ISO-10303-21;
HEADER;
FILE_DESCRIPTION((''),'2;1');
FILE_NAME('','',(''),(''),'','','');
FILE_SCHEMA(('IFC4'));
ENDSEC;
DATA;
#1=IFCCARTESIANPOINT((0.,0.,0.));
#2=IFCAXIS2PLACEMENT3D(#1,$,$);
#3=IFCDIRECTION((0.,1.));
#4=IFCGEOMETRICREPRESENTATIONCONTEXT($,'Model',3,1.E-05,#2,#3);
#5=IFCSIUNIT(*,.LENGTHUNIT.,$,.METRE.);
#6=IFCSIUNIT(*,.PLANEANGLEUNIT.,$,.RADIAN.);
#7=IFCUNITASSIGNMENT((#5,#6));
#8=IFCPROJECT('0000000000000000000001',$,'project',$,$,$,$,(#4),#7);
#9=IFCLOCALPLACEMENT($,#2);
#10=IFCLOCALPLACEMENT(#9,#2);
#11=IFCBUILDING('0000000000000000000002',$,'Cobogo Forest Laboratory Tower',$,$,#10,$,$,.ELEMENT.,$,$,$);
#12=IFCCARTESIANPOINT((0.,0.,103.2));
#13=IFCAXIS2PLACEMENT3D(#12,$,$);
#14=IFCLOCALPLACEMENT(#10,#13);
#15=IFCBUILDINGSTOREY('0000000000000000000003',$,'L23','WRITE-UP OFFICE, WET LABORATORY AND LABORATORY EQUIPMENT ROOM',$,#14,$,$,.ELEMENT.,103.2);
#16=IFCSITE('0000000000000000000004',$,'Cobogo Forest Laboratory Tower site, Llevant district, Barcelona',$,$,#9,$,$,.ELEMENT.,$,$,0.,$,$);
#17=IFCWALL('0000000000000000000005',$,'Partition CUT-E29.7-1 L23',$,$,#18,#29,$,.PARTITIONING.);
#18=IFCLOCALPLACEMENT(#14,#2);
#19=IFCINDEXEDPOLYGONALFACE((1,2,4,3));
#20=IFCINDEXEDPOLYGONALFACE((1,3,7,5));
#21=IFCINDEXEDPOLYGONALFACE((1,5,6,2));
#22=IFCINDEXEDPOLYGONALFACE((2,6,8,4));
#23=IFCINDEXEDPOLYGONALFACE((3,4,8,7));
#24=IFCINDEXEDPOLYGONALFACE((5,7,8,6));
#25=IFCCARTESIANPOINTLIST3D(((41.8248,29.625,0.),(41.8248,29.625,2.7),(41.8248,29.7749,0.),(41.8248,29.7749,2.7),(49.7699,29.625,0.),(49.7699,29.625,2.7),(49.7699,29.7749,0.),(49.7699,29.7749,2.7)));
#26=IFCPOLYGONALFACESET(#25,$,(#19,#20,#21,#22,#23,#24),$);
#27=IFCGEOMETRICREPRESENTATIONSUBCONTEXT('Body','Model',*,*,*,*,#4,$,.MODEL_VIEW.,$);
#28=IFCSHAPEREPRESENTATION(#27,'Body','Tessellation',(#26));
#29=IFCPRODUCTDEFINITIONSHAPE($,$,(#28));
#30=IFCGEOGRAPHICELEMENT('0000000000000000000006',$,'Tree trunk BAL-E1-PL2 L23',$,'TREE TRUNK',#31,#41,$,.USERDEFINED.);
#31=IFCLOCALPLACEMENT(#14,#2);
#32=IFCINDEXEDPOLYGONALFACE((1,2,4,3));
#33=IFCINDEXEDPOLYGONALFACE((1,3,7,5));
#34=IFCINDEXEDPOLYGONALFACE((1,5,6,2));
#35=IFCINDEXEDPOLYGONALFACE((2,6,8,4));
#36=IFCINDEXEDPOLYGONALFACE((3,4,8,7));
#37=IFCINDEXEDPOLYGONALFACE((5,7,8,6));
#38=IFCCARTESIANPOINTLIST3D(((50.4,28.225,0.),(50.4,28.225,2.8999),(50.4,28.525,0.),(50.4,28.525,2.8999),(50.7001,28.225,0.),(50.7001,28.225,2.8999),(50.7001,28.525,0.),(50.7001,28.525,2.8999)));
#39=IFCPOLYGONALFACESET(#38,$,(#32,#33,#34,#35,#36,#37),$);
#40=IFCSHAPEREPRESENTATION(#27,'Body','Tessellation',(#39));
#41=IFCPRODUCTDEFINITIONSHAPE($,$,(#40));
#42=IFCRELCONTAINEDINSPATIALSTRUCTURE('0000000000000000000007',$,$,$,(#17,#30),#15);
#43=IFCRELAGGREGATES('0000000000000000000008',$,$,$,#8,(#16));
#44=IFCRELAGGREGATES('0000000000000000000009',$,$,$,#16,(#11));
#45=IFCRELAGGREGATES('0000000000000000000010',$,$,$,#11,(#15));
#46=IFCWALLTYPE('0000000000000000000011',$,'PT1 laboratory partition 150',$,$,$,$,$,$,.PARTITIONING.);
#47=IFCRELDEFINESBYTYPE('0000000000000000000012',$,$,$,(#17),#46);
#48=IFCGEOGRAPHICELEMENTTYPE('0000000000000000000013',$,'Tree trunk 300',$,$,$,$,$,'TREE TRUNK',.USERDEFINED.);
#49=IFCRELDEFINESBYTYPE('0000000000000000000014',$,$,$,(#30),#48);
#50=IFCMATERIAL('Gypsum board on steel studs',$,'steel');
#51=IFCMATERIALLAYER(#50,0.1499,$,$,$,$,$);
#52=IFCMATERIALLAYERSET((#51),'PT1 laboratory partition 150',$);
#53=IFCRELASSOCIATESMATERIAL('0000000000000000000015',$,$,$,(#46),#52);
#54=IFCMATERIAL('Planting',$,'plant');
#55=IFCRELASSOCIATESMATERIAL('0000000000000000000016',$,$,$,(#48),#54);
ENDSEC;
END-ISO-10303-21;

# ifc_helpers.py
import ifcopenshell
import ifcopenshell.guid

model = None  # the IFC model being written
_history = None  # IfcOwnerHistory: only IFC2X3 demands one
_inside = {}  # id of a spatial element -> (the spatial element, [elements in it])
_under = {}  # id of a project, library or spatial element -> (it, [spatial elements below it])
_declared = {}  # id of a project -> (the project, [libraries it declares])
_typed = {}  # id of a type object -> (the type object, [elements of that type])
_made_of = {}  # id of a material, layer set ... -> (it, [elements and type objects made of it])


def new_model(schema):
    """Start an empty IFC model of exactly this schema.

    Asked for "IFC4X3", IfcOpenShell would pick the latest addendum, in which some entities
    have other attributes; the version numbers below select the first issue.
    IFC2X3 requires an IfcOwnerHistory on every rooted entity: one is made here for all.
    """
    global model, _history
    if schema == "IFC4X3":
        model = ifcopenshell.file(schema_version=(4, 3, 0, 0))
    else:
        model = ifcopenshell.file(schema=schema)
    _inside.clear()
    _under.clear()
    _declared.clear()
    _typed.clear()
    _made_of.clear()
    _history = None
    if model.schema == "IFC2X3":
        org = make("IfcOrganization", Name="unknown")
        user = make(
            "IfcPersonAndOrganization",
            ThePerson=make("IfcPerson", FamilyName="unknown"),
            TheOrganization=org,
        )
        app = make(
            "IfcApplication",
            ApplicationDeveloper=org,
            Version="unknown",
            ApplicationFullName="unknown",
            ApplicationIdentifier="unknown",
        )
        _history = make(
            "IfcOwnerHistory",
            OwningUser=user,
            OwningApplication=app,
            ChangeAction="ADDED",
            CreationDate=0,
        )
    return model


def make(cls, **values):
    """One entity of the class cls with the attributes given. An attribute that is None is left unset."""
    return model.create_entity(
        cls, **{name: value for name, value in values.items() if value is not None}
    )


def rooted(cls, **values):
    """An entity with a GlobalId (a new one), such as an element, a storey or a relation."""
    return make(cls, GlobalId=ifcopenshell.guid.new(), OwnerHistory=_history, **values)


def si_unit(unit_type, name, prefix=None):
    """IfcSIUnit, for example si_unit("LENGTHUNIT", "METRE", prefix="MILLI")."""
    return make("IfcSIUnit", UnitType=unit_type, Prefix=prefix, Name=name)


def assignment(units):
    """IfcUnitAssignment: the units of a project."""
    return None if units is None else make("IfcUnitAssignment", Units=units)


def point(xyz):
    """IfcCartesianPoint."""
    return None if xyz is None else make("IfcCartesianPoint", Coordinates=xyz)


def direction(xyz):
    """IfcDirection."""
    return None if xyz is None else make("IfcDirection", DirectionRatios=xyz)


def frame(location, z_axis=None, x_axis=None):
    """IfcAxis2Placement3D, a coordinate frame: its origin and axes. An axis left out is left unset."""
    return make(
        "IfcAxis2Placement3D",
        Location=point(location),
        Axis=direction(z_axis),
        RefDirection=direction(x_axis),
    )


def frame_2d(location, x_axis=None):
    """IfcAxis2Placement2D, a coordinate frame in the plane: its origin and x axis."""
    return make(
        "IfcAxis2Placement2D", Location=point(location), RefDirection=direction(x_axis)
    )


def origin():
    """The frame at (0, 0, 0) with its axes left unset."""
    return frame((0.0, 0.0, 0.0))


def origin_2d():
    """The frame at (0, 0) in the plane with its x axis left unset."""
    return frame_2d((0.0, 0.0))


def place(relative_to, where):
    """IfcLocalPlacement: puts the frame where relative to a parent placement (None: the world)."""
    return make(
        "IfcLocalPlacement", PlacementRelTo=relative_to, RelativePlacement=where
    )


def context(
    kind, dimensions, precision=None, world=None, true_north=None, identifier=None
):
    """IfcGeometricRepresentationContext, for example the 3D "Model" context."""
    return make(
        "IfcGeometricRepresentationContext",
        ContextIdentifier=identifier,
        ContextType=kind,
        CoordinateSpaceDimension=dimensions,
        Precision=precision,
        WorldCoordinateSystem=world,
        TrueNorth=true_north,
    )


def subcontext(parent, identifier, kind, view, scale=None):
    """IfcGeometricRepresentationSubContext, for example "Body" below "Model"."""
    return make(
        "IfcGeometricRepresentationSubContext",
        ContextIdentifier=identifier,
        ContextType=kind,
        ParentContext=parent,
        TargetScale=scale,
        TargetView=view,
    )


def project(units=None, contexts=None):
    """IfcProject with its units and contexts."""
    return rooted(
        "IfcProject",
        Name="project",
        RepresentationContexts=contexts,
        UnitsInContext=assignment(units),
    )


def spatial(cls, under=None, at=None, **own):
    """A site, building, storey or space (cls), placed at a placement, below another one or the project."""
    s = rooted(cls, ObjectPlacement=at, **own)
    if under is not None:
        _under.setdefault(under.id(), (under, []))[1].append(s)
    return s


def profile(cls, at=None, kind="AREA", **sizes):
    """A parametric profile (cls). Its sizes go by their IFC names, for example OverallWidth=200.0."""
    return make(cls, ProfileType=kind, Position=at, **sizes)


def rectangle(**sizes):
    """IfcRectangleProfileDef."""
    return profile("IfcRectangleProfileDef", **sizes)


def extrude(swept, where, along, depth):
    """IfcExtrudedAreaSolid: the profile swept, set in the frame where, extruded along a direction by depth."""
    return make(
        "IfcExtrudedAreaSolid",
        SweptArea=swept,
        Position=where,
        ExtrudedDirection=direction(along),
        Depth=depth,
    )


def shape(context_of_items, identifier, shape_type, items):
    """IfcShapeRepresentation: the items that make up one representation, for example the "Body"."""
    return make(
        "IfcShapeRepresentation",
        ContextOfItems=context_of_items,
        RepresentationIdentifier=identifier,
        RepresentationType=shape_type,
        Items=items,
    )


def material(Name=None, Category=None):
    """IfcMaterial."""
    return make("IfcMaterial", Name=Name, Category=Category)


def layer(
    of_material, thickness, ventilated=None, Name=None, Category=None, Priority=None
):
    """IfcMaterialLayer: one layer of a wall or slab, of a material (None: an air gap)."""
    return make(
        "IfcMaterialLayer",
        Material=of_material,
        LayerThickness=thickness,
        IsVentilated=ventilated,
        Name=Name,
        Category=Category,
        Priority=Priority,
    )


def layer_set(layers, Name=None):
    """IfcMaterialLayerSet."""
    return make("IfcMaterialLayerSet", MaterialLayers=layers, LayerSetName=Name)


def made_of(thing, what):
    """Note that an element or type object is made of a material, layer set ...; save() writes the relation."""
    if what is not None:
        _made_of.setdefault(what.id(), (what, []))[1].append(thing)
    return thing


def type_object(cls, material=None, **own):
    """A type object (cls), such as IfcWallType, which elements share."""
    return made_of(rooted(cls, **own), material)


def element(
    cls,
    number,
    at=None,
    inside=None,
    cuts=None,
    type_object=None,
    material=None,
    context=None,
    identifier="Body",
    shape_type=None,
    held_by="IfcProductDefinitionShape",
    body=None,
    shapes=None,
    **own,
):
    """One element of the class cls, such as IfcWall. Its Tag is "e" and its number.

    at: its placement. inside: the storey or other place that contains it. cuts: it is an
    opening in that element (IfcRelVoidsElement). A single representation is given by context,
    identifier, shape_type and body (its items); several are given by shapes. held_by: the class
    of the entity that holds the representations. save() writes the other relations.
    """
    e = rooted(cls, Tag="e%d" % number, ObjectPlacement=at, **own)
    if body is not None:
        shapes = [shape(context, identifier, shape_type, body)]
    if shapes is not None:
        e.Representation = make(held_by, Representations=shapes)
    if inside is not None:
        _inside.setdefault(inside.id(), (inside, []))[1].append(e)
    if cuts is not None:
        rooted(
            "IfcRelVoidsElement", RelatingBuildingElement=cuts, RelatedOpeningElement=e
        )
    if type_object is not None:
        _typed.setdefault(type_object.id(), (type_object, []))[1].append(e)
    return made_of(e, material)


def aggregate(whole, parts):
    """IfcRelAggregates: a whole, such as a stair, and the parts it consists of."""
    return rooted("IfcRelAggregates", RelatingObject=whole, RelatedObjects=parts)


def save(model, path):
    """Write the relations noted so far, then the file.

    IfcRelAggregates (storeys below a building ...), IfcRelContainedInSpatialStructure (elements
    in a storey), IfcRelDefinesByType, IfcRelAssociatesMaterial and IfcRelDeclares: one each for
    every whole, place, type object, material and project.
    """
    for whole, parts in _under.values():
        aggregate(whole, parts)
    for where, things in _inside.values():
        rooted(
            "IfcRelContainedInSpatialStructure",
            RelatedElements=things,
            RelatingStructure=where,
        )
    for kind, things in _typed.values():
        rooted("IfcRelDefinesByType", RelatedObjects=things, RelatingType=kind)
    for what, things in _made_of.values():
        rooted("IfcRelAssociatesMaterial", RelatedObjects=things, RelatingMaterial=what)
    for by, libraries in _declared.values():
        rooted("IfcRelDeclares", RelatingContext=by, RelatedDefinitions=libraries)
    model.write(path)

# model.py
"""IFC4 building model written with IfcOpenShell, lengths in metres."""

from ifc_helpers import new_model, si_unit, direction, frame, frame_2d, origin, origin_2d, place, context, subcontext, project, spatial, rectangle, extrude, material, layer, layer_set, type_object, element, save


model = new_model("IFC4")

# Units and contexts
model_context = context("Model", 3, precision=1e-05, world=origin(), true_north=direction((0.0, 1.0)))
body_context = subcontext(model_context, "Body", "Model", "MODEL_VIEW")
ifc_project = project(units=[si_unit("LENGTHUNIT", "METRE"), si_unit("PLANEANGLEUNIT", "RADIAN")], contexts=[model_context])

# Site, building, storey
site_placement = place(None, origin())
site = spatial("IfcSite", under=ifc_project, at=site_placement, Name="Cobogo Forest Laboratory Tower site, Llevant district, Barcelona", CompositionType="ELEMENT", RefElevation=0.0)
building_placement = place(site_placement, origin())
building = spatial("IfcBuilding", under=site, at=building_placement, Name="Cobogo Forest Laboratory Tower", CompositionType="ELEMENT")
storey_placement = place(building_placement, frame((0.0, 0.0, 103.2)))
storey = spatial("IfcBuildingStorey", under=building, at=storey_placement, Name="L23", Description="WRITE-UP OFFICE, WET LABORATORY AND LABORATORY EQUIPMENT ROOM", CompositionType="ELEMENT", Elevation=103.2)

# Wall
ifc_material_1 = material(Name="Gypsum board on steel studs", Category="steel")
ifc_layer_1 = layer(ifc_material_1, 0.1499)
ifc_layer_set_1 = layer_set([ifc_layer_1], Name="PT1 laboratory partition 150")
wall_type = type_object("IfcWallType", Name="PT1 laboratory partition 150", PredefinedType="PARTITIONING", material=ifc_layer_set_1)
wall_1_placement = place(storey_placement, frame((49.77, 29.7, 0.0), z_axis=(0.0, 0.0, 1.0), x_axis=(-1.0, 0.0, 0.0)))
element("IfcWall", 1, at=wall_1_placement, inside=storey, type_object=wall_type, Name="Partition CUT-E29.7-1 L23", PredefinedType="PARTITIONING", context=body_context, shape_type="SweptSolid", body=[
    extrude(rectangle(XDim=7.9451, YDim=0.1499, at=frame_2d((3.9727, 0.0))), origin(), (0.0, 0.0, 1.0), 2.7),
])

# Geographic element
ifc_material_2 = material(Name="Planting", Category="plant")
geographic_element_type = type_object("IfcGeographicElementType", Name="Tree trunk 300", ElementType="TREE TRUNK", PredefinedType="USERDEFINED", material=ifc_material_2)
geographic_element_placement = place(storey_placement, frame((50.55, 28.375, 0.0), z_axis=(0.0, 0.0, 1.0), x_axis=(1.0, 0.0, 0.0)))
element("IfcGeographicElement", 2, at=geographic_element_placement, inside=storey, type_object=geographic_element_type, Name="Tree trunk BAL-E1-PL2 L23", ObjectType="TREE TRUNK", PredefinedType="USERDEFINED", context=body_context, shape_type="SweptSolid", body=[
    extrude(rectangle(XDim=0.3, YDim=0.3, at=origin_2d()), origin(), (0.0, 0.0, 1.0), 2.8999),
])

save(model, "model.ifc")
